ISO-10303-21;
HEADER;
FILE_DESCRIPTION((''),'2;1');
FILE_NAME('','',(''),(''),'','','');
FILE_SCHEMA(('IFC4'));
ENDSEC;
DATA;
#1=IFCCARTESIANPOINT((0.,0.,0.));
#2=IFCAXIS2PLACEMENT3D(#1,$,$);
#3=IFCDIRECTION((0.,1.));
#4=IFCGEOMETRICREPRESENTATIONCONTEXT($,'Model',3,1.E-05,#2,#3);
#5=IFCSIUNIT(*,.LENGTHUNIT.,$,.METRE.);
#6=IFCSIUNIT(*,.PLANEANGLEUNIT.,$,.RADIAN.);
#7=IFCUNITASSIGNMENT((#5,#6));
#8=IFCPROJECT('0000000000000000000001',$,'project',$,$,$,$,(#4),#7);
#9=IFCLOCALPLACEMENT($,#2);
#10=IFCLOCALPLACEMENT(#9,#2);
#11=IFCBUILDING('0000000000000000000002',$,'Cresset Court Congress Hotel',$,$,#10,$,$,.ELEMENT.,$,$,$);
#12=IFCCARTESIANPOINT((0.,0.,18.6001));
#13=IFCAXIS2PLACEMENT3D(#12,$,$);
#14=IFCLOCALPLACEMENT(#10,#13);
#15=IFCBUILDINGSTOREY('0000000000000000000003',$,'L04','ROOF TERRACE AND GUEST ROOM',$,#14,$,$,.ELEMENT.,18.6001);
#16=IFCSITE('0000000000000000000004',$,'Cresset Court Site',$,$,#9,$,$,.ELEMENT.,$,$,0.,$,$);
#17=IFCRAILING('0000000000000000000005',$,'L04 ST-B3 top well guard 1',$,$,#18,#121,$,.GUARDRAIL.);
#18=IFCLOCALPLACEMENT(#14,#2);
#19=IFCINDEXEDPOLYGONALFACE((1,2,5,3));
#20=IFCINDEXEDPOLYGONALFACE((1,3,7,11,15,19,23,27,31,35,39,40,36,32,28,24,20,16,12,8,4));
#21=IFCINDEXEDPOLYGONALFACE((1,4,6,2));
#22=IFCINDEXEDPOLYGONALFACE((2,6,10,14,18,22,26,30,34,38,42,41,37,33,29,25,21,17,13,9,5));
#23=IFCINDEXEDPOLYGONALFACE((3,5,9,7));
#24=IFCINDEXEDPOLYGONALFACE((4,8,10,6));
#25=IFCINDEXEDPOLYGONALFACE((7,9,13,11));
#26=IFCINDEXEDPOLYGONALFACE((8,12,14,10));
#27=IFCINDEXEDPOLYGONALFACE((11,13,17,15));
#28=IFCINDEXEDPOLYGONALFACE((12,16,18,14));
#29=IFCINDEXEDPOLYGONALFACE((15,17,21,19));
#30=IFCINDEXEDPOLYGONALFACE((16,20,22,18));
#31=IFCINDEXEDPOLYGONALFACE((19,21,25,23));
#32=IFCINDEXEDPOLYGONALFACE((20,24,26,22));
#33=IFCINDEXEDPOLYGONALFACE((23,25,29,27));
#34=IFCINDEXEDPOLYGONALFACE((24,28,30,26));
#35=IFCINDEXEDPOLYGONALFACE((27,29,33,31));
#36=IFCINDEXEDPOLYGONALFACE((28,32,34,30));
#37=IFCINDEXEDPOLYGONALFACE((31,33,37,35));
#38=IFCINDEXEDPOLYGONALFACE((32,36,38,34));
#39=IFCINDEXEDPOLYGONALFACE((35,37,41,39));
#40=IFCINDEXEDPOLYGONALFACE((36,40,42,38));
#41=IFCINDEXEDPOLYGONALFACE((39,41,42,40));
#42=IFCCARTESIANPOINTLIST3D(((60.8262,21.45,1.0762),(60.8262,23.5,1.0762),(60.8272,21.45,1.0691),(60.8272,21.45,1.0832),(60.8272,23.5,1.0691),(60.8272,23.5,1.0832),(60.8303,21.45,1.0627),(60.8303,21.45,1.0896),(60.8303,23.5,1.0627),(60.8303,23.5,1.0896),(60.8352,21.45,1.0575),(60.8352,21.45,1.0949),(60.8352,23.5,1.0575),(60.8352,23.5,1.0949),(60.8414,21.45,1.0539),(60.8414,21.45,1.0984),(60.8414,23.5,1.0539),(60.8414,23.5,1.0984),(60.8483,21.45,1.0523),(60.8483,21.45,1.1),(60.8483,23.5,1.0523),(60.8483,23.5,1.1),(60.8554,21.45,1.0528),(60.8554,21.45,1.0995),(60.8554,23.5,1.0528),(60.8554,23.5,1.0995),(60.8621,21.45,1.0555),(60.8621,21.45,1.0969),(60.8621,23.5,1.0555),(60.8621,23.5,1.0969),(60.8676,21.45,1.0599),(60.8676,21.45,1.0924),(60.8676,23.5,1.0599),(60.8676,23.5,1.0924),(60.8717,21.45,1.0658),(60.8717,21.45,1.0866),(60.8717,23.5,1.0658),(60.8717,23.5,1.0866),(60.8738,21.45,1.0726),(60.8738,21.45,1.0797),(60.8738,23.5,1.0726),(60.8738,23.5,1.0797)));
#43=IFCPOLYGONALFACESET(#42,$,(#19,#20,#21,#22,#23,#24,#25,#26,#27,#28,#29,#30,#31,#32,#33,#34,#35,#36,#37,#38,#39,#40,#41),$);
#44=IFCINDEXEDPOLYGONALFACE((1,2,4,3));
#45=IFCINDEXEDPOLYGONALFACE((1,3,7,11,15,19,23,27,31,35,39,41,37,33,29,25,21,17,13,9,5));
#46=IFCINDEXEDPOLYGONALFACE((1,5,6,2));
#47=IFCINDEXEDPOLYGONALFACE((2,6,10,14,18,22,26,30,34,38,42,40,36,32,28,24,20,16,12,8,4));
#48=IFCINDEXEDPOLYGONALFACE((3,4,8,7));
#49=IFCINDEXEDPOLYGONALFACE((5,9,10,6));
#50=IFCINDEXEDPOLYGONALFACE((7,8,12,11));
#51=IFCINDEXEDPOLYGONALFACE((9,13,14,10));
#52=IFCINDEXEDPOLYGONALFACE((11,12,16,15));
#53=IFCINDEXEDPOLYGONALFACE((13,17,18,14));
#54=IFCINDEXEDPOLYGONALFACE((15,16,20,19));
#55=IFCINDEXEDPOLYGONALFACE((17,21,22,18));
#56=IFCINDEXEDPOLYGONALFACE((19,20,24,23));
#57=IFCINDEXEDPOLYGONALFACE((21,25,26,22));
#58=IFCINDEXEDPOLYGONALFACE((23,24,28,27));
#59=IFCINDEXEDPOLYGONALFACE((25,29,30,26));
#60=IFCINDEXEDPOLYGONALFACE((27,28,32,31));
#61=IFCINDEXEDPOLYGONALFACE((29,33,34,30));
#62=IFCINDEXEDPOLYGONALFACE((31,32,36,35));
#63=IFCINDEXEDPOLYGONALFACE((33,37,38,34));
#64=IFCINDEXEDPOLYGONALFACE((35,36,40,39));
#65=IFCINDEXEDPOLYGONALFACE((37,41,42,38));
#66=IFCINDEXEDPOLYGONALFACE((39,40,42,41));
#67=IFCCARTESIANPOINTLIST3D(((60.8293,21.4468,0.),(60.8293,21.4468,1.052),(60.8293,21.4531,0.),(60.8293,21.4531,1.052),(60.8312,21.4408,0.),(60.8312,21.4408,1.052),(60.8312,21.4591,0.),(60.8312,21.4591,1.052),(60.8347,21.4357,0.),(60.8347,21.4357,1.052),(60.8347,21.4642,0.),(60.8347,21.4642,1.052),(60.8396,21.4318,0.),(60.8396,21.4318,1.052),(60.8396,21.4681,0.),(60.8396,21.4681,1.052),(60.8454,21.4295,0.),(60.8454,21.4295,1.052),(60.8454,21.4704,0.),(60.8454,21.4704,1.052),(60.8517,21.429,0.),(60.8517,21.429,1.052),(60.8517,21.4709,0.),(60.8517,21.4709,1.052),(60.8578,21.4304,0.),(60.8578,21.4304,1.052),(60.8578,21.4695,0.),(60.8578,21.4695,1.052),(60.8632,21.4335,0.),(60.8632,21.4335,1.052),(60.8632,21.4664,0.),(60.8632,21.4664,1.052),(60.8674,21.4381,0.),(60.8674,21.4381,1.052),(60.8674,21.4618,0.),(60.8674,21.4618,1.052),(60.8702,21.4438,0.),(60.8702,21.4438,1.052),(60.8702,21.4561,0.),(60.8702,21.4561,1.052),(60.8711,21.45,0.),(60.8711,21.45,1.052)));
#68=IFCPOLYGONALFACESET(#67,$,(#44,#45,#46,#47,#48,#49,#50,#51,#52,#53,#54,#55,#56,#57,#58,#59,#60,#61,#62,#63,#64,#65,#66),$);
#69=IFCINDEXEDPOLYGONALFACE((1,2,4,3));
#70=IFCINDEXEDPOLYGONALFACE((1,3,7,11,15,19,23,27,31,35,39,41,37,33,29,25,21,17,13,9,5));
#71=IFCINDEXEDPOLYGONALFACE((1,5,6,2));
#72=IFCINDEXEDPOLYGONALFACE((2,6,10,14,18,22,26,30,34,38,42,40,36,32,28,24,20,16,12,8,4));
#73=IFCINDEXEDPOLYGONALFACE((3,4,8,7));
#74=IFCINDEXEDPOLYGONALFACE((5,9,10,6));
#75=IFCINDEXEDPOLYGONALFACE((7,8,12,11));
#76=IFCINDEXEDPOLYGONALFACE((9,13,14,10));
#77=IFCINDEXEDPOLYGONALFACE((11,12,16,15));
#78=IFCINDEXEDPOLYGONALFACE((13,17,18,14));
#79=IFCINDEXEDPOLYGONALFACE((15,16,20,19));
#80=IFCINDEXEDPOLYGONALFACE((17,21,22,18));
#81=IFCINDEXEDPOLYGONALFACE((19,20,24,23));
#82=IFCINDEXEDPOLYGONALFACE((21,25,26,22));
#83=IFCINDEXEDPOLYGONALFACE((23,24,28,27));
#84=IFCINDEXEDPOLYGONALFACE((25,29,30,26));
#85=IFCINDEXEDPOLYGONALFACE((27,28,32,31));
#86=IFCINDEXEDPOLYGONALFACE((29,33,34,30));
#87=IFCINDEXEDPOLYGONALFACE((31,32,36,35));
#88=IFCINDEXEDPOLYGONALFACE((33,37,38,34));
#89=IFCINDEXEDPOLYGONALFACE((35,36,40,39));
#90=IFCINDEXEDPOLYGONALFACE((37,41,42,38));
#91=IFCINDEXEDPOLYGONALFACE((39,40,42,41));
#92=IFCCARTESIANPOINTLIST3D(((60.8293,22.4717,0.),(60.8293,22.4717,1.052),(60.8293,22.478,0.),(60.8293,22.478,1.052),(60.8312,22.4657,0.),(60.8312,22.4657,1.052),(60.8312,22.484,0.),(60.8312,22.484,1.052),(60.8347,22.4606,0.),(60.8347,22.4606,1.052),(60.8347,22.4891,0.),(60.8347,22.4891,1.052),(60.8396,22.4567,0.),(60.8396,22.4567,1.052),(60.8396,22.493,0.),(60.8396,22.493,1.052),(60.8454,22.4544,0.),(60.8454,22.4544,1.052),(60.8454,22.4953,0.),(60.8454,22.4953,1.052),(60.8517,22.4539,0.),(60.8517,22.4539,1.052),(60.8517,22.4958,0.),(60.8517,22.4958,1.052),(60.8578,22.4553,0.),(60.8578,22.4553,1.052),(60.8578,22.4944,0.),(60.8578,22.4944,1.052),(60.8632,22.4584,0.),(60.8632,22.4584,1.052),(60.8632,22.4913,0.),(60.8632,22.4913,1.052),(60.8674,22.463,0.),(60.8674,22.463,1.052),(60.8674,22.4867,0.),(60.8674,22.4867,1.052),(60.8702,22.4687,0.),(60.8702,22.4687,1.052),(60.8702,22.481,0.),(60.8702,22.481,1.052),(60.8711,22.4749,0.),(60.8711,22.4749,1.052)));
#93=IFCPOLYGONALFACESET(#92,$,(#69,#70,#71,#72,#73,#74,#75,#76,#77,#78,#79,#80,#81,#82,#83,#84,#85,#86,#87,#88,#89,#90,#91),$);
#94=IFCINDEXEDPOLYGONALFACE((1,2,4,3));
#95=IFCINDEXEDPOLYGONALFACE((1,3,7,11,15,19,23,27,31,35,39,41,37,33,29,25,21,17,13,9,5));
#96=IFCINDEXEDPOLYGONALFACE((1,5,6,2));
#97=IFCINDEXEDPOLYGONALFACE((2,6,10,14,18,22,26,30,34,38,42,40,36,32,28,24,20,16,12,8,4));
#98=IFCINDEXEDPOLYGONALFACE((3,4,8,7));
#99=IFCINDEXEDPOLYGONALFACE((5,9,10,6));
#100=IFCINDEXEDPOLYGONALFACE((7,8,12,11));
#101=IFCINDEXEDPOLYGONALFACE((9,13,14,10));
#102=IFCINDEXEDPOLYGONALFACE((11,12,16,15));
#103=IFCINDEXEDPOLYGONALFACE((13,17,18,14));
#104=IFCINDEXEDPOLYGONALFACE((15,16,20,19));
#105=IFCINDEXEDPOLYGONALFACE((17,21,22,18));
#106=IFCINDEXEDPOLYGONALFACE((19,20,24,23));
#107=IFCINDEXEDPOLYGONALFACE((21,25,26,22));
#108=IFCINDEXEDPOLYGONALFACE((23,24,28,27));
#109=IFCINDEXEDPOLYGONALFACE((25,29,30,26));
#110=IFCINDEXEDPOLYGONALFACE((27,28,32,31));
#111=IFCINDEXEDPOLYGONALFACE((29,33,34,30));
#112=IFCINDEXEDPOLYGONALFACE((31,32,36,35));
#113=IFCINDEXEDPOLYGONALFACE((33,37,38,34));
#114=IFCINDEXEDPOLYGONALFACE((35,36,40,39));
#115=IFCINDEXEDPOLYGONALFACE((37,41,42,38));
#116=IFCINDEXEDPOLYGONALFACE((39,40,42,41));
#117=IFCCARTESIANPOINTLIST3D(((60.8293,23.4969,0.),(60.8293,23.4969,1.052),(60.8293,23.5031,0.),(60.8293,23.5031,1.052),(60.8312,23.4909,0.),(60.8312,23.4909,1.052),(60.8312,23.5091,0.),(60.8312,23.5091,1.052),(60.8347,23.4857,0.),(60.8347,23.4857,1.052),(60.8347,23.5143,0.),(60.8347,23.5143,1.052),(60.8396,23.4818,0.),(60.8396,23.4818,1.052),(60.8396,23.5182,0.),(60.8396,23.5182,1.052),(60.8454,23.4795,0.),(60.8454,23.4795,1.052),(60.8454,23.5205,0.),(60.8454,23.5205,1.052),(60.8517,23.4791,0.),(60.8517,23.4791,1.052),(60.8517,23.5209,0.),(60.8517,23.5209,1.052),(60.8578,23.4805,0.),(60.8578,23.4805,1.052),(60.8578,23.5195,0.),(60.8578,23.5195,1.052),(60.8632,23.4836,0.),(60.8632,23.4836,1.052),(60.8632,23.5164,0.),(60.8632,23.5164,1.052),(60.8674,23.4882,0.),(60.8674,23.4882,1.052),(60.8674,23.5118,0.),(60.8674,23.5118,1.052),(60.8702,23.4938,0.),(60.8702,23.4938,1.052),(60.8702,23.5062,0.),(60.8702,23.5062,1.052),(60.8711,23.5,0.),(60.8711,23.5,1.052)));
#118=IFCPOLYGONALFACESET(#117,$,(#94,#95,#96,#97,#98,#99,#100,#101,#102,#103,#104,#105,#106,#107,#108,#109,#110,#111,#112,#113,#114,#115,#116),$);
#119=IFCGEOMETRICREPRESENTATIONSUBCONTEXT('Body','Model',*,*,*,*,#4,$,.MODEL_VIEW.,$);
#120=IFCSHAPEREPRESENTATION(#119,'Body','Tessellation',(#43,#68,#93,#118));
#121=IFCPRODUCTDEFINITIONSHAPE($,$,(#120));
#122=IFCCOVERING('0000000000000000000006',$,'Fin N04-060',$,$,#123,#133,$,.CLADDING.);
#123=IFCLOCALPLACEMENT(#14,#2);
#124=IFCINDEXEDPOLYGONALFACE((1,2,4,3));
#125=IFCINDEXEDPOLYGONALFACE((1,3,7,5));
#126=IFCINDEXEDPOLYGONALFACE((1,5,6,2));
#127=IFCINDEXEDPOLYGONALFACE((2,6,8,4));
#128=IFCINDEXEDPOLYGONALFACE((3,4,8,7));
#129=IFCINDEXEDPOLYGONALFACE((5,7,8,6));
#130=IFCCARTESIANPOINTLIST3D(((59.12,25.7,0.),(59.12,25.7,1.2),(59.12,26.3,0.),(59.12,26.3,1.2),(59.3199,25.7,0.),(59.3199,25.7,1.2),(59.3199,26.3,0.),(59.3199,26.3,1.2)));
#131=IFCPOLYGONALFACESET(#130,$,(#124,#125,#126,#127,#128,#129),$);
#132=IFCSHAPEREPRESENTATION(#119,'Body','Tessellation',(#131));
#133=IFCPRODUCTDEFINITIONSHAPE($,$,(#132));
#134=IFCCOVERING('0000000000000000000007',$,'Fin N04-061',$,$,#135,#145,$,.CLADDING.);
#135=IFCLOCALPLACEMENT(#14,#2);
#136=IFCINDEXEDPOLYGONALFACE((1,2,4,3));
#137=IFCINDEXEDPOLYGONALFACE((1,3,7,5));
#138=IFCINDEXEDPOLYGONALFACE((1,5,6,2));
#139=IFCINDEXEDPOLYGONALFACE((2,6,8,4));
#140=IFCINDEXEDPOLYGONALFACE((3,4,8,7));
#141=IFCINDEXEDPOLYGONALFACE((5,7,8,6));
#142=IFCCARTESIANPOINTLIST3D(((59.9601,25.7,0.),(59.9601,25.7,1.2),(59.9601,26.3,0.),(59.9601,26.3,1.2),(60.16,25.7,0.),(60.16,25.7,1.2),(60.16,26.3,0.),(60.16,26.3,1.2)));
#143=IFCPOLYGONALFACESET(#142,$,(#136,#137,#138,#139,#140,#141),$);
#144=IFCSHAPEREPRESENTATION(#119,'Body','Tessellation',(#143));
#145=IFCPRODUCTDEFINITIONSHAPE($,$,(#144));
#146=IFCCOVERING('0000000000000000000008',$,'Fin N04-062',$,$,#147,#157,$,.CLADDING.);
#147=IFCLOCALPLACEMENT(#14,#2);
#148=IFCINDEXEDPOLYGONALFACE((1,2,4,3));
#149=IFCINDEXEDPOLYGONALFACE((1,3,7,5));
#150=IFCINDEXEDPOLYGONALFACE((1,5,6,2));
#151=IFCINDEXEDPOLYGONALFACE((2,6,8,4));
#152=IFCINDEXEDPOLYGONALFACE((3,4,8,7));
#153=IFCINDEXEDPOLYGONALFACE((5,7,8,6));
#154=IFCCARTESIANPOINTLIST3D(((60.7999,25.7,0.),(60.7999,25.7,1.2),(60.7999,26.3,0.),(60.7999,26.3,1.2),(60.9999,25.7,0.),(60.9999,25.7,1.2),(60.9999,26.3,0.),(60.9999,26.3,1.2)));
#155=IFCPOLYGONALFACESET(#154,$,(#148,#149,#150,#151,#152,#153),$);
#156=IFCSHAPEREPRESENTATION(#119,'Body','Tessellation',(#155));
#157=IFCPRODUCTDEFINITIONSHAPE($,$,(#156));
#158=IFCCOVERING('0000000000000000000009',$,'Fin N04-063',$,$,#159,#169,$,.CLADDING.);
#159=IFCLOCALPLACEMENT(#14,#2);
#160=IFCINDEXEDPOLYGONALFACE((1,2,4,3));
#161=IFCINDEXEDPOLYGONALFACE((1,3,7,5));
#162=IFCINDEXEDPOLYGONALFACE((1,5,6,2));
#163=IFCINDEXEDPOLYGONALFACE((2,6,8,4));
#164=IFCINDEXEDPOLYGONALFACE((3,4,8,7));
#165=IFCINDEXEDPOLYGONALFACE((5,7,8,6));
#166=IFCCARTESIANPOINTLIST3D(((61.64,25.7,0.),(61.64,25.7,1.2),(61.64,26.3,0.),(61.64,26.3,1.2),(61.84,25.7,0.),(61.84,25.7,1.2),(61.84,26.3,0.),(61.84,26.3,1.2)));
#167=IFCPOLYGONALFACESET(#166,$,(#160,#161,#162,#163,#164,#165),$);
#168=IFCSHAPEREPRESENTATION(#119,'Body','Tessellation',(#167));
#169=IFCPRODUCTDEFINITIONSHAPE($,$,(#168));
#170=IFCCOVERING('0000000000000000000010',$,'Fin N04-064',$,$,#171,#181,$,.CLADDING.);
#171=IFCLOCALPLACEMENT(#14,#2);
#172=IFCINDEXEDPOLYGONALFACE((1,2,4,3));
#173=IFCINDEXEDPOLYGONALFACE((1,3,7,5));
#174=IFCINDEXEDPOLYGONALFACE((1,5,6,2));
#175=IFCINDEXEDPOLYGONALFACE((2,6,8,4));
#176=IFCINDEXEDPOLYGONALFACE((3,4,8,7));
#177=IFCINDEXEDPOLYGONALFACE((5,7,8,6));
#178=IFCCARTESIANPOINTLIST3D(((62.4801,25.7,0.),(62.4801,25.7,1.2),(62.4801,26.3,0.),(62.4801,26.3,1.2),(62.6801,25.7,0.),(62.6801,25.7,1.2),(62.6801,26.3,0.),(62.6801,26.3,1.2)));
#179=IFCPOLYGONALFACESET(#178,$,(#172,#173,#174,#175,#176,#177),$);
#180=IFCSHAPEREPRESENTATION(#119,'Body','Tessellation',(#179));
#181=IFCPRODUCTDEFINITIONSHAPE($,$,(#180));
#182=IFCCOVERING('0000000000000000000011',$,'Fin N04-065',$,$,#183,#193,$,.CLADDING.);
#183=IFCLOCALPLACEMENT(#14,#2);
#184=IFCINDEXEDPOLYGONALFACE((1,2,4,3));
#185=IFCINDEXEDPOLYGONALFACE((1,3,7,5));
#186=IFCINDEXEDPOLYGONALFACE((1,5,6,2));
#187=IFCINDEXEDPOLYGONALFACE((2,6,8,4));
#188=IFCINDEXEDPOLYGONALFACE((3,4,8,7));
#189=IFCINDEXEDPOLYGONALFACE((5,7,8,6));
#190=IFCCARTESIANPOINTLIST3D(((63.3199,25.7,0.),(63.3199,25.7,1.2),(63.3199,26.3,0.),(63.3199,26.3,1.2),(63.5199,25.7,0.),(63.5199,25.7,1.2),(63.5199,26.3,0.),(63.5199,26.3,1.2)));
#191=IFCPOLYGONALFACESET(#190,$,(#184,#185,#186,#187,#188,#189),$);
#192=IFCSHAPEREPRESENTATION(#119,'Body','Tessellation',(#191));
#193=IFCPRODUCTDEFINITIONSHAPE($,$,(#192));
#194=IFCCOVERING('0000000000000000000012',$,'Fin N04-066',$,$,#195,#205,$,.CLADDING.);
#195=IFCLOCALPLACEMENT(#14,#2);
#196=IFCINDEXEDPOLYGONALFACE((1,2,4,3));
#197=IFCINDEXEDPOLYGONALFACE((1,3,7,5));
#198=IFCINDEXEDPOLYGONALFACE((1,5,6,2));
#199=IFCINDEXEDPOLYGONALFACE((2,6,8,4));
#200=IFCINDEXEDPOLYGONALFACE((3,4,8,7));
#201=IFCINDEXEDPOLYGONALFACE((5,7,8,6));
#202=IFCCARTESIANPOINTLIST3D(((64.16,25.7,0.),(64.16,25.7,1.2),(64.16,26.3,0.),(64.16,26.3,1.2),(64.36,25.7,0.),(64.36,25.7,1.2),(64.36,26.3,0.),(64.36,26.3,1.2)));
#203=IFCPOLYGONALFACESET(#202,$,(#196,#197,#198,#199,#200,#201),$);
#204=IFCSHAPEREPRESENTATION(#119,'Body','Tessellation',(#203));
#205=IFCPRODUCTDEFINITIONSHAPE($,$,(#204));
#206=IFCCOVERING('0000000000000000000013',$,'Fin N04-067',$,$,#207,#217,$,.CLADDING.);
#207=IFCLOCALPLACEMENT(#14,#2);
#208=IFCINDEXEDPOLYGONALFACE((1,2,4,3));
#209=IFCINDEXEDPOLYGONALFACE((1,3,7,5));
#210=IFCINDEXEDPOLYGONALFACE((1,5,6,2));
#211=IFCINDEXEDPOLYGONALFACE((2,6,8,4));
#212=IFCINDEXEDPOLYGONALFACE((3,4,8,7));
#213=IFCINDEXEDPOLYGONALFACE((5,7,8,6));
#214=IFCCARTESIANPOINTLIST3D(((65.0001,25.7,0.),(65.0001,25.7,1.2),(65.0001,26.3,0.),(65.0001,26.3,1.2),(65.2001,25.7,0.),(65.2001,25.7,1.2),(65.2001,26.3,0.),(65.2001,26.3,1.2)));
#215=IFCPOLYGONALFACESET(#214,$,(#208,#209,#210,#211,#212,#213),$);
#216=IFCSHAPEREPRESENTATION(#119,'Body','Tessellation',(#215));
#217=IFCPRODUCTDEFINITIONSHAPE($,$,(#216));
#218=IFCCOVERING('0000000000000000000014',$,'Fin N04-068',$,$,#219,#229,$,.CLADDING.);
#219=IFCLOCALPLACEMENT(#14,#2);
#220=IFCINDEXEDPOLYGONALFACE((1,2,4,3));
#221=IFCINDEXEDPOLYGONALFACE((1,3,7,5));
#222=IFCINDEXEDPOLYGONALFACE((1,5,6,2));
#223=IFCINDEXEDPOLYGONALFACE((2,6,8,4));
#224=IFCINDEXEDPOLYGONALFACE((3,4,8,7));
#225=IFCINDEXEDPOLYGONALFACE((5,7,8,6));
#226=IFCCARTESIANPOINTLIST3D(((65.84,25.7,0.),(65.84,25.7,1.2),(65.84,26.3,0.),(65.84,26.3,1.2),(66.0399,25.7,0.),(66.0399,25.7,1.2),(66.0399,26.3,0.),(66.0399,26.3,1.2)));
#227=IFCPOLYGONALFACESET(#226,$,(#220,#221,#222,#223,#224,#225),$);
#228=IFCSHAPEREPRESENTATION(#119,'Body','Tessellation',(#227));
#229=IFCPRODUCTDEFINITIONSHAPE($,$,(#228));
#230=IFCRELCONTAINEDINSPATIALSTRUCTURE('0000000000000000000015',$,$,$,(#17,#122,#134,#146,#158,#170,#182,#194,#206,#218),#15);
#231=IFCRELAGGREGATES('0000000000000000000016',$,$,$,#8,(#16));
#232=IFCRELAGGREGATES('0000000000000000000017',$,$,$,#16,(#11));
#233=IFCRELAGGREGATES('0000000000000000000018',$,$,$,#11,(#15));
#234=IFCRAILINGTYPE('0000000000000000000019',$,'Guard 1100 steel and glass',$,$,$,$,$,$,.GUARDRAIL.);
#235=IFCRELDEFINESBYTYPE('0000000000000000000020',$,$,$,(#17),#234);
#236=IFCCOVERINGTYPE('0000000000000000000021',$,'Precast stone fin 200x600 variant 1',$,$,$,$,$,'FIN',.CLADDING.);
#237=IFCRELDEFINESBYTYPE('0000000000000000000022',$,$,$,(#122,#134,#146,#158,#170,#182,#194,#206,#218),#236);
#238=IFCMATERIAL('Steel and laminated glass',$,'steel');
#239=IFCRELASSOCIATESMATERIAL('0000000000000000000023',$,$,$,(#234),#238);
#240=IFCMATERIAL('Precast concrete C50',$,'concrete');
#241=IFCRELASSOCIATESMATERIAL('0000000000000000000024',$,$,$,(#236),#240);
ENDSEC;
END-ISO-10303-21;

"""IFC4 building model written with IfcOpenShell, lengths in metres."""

from ifc_helpers import new_model, si_unit, direction, frame, origin, origin_2d, place, context, subcontext, project, spatial, rectangle, circle, extrude, material, type_object, element, save


model = new_model("IFC4")

# Units and contexts
model_context = context("Model", 3, precision=1e-05, world=origin(), true_north=direction((0.0, 1.0)))
body_context = subcontext(model_context, "Body", "Model", "MODEL_VIEW")
ifc_project = project(units=[si_unit("LENGTHUNIT", "METRE"), si_unit("PLANEANGLEUNIT", "RADIAN")], contexts=[model_context])

# Site, building, storey
site_placement = place(None, origin())
site = spatial("IfcSite", under=ifc_project, at=site_placement, Name="Cresset Court Site", CompositionType="ELEMENT", RefElevation=0.0)
building_placement = place(site_placement, origin())
building = spatial("IfcBuilding", under=site, at=building_placement, Name="Cresset Court Congress Hotel", CompositionType="ELEMENT")
storey_placement = place(building_placement, frame((0.0, 0.0, 18.6001)))
storey = spatial("IfcBuildingStorey", under=building, at=storey_placement, Name="L04", Description="ROOF TERRACE AND GUEST ROOM", CompositionType="ELEMENT", Elevation=18.6001)

# Railing
ifc_material_1 = material(Name="Steel and laminated glass", Category="steel")
railing_type = type_object("IfcRailingType", Name="Guard 1100 steel and glass", PredefinedType="GUARDRAIL", material=ifc_material_1)
railing_placement = place(storey_placement, frame((60.8501, 21.45, 0.0)))
element("IfcRailing", 1, at=railing_placement, inside=storey, type_object=railing_type, Name="L04 ST-B3 top well guard 1", PredefinedType="GUARDRAIL", context=body_context, shape_type="SweptSolid", body=[
    extrude(circle(Radius=0.0239, at=origin_2d()), frame((0.0, 0.0, 1.0762), z_axis=(0.0, 1.0, 0.0), x_axis=(-1.0, 0.0, 0.0)), (0.0, 0.0, 1.0), 2.05),
    extrude(circle(Radius=0.021, at=origin_2d()), origin(), (0.0, 0.0, 1.0), 1.052),
    extrude(circle(Radius=0.021, at=origin_2d()), frame((0.0, 1.0249, 0.0)), (0.0, 0.0, 1.0), 1.052),
    extrude(circle(Radius=0.021, at=origin_2d()), frame((0.0, 2.05, 0.0)), (0.0, 0.0, 1.0), 1.052),
])

# Coverings
ifc_material_2 = material(Name="Precast concrete C50", Category="concrete")
covering_type = type_object("IfcCoveringType", Name="Precast stone fin 200x600 variant 1", ElementType="FIN", PredefinedType="CLADDING", material=ifc_material_2)
for number, where, z_axis, x_axis, name in (
    (2, (59.22, 26.0, 0.0), (0.0, 0.0, 1.0), (1.0, 0.0, 0.0), "Fin N04-060"),
    (3, (60.0601, 26.0, 0.0), (0.0, 0.0, 1.0), (1.0, 0.0, 0.0), "Fin N04-061"),
    (4, (60.8999, 26.0, 0.0), (0.0, 0.0, 1.0), (1.0, 0.0, 0.0), "Fin N04-062"),
    (5, (61.74, 26.0, 0.0), (0.0, 0.0, 1.0), (1.0, 0.0, 0.0), "Fin N04-063"),
    (6, (62.5801, 26.0, 0.0), (0.0, 0.0, 1.0), (1.0, 0.0, 0.0), "Fin N04-064"),
    (7, (63.4199, 26.0, 0.0), (0.0, 0.0, 1.0), (1.0, 0.0, 0.0), "Fin N04-065"),
    (8, (64.26, 26.0, 0.0), (0.0, 0.0, 1.0), (1.0, 0.0, 0.0), "Fin N04-066"),
    (9, (65.1001, 26.0, 0.0), (0.0, 0.0, 1.0), (1.0, 0.0, 0.0), "Fin N04-067"),
    (10, (65.9399, 26.0, 0.0), (0.0, 0.0, 1.0), (1.0, 0.0, 0.0), "Fin N04-068"),
):
    element("IfcCovering", number, at=place(storey_placement, frame(where, z_axis=z_axis, x_axis=x_axis)), inside=storey, type_object=covering_type, Name=name, PredefinedType="CLADDING", context=body_context, shape_type="SweptSolid", body=[
        extrude(rectangle(XDim=0.2, YDim=0.6001, at=origin_2d()), origin(), (0.0, 0.0, 1.0), 1.2),
    ])

save(model, "model.ifc")
